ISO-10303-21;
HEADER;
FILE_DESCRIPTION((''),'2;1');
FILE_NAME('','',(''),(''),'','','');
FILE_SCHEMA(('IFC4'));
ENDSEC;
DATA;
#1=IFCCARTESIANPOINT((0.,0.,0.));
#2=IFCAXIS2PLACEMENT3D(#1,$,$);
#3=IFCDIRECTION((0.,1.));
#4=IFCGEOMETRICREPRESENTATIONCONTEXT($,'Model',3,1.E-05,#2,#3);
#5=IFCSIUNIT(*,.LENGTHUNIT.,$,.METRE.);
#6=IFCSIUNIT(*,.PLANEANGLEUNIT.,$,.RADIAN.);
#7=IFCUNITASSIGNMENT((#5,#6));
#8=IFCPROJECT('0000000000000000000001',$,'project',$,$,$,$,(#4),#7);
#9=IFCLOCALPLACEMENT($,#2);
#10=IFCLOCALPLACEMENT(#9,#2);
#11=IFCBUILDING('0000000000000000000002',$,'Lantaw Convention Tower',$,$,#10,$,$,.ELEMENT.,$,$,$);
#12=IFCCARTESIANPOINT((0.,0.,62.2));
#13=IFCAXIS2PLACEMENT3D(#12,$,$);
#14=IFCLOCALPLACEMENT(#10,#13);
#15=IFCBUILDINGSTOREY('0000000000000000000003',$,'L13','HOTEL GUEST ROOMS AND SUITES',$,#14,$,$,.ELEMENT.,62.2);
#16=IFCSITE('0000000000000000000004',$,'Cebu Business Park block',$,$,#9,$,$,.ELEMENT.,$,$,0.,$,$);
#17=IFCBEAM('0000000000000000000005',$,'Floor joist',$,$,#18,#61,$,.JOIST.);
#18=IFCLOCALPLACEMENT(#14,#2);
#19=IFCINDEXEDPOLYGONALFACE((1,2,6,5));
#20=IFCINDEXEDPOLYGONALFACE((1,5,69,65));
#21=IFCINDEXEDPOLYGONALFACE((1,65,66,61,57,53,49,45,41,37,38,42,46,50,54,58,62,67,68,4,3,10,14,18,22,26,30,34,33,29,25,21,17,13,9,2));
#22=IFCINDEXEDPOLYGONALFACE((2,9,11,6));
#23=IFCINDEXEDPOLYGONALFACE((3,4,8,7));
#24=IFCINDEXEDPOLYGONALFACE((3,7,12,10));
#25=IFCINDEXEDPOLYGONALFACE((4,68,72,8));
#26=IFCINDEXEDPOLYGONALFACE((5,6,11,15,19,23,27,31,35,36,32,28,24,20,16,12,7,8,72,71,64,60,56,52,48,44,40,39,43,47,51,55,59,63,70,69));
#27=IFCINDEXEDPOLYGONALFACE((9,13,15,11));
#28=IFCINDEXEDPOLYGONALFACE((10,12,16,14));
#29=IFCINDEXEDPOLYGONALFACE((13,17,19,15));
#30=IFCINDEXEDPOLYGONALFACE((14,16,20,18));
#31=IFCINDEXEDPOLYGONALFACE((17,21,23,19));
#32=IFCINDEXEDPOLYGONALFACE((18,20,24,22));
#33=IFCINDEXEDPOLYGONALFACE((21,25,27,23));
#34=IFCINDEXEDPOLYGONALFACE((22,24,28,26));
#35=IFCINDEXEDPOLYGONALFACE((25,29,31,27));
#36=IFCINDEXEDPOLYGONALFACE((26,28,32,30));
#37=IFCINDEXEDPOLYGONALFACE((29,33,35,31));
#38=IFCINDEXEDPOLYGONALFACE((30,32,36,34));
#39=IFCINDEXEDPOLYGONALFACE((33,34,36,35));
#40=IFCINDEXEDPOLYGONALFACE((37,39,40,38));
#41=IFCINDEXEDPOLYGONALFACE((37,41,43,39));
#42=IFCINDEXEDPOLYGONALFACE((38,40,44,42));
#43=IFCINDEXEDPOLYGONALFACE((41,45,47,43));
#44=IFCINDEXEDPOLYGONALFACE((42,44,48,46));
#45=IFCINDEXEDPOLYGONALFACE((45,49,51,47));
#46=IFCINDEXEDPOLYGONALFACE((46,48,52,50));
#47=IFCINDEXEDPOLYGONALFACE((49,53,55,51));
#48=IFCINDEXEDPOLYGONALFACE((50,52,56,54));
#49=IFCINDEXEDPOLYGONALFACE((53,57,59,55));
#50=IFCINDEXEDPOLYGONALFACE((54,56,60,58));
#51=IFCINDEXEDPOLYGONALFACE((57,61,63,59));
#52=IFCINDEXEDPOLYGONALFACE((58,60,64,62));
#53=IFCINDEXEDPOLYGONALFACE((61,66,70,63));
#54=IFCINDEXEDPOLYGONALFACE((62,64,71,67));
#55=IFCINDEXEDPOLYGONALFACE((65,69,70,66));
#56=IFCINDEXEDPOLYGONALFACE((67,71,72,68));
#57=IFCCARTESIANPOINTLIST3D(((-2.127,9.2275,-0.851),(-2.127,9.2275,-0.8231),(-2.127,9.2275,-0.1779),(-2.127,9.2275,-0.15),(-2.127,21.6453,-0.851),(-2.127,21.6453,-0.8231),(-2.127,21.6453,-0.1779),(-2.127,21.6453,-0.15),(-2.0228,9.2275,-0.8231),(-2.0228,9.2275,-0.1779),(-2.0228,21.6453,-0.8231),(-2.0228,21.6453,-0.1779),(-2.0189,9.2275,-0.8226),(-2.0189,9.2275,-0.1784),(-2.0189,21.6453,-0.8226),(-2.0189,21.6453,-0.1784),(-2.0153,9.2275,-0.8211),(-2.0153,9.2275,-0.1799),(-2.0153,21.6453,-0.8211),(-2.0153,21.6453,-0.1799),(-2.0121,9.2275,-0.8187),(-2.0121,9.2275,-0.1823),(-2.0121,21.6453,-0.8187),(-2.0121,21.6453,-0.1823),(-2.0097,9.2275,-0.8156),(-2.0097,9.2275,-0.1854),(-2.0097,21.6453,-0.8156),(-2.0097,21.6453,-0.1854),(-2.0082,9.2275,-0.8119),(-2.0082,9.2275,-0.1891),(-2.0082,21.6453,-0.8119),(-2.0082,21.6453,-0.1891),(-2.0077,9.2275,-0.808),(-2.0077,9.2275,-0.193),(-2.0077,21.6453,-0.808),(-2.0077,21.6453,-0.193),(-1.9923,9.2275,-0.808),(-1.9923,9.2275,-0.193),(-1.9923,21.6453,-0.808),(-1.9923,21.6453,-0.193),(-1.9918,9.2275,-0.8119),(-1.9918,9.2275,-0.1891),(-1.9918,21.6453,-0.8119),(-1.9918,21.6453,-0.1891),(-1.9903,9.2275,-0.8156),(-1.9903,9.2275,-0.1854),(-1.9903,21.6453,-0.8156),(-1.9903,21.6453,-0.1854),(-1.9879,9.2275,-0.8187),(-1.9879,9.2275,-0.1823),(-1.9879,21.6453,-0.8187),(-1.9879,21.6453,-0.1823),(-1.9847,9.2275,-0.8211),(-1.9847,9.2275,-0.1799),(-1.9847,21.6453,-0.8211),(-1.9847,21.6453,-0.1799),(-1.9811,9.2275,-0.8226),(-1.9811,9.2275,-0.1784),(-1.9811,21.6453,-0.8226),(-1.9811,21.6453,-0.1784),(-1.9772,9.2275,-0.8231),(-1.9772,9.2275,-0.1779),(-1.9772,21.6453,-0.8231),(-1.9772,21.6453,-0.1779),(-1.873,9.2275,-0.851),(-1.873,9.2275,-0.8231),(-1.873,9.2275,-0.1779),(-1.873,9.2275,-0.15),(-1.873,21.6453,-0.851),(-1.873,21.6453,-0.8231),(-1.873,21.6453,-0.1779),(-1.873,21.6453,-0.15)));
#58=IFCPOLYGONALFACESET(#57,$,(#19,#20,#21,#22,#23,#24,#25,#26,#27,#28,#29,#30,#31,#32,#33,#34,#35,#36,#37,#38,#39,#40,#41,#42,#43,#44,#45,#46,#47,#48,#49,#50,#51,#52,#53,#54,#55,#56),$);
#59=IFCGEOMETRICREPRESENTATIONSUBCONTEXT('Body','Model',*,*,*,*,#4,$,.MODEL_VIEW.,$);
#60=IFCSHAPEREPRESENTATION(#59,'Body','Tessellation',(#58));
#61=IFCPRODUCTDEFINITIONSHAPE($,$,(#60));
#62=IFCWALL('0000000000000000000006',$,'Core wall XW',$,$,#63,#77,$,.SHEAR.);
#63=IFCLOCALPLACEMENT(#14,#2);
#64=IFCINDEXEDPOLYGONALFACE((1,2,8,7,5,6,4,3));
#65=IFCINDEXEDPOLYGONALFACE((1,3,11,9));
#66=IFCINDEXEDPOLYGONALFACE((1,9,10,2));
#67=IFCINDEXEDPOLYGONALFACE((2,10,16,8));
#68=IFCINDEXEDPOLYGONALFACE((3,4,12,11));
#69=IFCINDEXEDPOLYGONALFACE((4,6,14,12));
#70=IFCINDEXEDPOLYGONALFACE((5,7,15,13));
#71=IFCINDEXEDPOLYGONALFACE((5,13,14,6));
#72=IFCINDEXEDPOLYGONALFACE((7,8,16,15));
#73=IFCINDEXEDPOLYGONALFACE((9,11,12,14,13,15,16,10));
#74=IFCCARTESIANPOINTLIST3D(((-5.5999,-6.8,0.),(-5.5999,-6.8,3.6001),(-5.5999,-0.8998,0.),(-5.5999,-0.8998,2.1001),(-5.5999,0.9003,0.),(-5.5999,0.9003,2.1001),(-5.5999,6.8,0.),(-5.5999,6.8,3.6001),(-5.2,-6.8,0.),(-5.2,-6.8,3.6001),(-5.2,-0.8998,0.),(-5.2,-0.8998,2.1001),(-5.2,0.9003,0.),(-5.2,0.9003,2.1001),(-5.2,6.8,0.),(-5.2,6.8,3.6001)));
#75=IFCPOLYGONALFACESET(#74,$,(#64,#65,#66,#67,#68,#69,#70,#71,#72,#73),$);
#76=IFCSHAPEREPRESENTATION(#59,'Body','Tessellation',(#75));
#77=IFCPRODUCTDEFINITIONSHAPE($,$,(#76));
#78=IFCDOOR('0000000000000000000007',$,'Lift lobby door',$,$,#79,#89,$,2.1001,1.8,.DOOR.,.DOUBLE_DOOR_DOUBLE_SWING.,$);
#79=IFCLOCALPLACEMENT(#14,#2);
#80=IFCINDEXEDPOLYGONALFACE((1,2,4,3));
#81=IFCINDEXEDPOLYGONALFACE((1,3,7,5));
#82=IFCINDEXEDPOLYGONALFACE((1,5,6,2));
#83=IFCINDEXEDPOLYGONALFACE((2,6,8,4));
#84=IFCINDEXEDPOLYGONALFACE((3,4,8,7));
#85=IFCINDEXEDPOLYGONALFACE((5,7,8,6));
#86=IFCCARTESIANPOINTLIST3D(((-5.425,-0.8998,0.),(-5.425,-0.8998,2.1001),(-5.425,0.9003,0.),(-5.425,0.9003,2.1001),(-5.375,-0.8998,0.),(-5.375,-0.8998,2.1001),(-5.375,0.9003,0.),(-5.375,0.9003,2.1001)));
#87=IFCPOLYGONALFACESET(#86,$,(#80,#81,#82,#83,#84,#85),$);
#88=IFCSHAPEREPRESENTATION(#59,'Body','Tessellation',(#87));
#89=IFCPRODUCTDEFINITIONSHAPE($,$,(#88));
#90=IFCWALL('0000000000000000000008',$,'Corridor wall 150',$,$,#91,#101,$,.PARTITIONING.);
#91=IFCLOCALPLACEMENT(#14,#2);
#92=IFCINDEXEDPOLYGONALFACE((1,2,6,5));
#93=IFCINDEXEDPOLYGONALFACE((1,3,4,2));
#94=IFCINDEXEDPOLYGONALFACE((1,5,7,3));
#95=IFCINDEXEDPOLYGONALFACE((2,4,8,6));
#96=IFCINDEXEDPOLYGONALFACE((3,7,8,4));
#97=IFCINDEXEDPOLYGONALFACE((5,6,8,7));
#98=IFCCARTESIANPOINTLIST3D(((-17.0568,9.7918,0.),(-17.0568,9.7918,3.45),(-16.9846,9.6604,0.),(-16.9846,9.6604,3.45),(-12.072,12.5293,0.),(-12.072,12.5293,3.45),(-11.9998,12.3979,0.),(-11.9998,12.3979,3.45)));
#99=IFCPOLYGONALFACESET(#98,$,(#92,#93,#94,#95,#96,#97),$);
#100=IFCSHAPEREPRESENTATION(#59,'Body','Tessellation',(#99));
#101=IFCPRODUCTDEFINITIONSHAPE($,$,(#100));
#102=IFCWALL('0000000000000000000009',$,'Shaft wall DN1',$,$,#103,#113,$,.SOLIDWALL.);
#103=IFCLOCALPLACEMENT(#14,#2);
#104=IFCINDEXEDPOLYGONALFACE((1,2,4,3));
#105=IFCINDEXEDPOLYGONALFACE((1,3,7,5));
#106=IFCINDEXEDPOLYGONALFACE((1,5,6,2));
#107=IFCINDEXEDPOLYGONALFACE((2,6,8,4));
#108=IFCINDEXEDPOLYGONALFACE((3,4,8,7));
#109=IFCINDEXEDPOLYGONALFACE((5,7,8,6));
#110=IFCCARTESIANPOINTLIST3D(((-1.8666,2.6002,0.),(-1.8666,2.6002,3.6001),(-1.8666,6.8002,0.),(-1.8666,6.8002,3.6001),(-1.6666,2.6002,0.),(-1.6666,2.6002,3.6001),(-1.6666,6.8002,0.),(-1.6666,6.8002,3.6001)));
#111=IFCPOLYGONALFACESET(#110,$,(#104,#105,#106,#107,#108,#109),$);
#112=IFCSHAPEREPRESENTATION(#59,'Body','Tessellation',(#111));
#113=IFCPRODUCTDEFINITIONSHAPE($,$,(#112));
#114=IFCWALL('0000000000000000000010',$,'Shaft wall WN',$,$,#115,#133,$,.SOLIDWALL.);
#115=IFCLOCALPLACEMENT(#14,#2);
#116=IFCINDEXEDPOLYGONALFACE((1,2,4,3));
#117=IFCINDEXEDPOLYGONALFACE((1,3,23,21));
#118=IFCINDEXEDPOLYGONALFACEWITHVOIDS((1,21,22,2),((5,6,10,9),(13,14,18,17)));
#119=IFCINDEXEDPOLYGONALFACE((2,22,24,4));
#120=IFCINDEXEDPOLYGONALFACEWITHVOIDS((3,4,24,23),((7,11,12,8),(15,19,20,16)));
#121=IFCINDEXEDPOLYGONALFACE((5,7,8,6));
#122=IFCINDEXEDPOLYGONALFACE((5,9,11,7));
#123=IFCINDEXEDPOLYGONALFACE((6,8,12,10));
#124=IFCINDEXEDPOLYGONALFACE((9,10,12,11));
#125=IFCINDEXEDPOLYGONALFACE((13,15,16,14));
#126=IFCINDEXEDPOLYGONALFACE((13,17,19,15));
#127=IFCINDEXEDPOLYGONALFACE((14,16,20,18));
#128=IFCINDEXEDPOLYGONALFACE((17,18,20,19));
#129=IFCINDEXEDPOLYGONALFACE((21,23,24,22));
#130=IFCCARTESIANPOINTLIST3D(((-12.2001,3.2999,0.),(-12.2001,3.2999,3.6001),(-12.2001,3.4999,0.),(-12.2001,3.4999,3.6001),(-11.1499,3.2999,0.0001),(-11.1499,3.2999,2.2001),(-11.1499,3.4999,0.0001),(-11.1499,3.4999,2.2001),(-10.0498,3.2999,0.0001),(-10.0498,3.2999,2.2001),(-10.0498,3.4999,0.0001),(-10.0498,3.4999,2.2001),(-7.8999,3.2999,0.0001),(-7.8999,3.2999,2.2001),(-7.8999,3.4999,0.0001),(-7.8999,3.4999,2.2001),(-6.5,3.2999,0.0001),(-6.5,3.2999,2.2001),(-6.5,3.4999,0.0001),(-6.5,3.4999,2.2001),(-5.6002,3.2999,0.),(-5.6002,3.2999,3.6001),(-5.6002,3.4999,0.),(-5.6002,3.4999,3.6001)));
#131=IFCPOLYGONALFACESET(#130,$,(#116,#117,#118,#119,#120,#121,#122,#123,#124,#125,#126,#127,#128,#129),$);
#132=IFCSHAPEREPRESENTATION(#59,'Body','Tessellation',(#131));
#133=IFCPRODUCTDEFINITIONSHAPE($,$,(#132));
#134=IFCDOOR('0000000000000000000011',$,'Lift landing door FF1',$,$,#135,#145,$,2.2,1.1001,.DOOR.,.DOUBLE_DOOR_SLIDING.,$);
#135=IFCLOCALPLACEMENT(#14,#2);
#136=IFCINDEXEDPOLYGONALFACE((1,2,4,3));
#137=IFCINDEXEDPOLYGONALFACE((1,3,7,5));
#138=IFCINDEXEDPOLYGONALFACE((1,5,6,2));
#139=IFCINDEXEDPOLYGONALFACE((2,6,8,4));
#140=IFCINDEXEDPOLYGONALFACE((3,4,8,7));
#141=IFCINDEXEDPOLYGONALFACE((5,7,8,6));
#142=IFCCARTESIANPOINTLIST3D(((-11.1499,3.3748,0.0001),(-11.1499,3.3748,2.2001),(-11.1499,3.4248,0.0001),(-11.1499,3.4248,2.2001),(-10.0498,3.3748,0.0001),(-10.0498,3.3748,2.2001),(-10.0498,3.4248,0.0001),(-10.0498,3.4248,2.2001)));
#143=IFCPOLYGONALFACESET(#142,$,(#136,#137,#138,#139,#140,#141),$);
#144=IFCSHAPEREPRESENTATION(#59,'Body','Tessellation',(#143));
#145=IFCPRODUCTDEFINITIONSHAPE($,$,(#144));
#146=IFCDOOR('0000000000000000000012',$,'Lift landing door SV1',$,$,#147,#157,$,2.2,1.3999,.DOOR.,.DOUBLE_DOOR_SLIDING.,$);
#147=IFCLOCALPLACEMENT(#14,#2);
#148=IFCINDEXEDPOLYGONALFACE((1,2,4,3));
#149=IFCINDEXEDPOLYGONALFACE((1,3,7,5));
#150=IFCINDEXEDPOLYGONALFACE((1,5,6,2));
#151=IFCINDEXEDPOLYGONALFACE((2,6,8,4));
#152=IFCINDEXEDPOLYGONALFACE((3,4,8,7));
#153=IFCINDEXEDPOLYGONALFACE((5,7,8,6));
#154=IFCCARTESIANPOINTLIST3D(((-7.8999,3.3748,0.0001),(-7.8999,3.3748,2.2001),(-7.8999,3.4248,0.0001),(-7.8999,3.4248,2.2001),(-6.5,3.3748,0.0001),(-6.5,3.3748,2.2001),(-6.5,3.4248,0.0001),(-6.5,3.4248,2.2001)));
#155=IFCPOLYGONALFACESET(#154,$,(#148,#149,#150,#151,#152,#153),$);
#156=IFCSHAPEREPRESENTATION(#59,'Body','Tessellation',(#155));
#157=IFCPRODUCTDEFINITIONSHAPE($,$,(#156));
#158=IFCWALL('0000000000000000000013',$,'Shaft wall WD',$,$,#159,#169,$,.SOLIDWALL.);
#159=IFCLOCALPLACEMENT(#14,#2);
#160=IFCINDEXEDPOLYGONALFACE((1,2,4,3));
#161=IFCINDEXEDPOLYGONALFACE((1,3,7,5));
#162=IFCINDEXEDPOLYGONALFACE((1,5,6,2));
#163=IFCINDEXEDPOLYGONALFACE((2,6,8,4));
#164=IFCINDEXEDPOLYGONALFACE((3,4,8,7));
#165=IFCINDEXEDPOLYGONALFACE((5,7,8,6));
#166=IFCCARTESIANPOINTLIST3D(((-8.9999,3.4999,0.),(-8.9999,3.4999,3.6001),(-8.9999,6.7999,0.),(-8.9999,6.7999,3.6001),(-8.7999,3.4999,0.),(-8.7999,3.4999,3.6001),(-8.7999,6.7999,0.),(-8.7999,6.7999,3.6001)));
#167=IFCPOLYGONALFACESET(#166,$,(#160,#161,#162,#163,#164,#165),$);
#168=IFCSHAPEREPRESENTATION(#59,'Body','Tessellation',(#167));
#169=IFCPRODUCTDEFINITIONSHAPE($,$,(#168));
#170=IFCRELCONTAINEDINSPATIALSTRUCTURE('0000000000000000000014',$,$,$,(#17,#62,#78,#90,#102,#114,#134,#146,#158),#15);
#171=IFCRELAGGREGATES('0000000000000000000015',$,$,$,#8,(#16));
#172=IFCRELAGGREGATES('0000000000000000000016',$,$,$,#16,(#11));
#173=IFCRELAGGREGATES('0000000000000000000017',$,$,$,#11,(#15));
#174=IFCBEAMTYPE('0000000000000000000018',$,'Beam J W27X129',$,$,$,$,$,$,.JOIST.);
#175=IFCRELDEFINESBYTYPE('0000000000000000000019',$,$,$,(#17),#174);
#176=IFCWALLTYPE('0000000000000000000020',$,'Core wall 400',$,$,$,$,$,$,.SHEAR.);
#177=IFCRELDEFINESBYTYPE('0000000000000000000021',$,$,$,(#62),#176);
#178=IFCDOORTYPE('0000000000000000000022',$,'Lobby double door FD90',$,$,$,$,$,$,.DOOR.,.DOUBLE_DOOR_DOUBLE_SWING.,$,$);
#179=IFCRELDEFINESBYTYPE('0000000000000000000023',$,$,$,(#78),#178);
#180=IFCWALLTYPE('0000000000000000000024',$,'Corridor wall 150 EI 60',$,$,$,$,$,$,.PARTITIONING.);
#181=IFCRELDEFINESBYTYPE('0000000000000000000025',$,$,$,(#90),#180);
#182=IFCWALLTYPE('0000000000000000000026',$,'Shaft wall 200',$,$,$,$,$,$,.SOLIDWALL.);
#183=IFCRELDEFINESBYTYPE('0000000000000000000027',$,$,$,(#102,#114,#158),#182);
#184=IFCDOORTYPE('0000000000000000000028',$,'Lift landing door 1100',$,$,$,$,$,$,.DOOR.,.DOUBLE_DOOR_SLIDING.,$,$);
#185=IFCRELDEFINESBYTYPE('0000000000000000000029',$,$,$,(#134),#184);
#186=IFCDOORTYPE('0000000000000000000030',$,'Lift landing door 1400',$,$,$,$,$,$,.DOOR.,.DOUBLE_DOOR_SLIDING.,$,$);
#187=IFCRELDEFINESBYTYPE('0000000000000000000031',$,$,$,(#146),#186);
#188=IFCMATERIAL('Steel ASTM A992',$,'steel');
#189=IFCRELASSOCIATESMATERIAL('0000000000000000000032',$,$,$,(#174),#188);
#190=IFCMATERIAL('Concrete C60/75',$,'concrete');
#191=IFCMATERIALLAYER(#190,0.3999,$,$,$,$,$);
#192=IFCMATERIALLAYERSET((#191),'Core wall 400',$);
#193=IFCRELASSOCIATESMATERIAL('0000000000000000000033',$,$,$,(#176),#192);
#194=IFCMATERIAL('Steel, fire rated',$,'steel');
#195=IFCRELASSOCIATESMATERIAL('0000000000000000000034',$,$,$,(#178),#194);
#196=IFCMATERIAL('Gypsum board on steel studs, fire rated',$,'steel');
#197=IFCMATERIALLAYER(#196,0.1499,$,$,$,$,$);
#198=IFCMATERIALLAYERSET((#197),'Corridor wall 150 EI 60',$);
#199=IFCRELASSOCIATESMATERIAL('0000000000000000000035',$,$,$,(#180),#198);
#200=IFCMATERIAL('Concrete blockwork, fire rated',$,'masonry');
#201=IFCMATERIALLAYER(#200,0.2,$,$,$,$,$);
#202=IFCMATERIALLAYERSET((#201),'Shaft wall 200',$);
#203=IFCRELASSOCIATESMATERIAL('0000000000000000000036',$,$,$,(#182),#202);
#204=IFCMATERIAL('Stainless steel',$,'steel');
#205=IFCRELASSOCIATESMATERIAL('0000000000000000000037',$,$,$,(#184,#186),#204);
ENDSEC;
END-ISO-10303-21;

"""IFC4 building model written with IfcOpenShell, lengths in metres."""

from ifc_helpers import new_model, si_unit, direction, frame, frame_2d, origin, origin_2d, place, context, subcontext, project, spatial, rectangle, i_section, extrude, material, layer, layer_set, material_profile, profile_set, type_object, element, fill, save


model = new_model("IFC4")

# Units and contexts
model_context = context("Model", 3, precision=1e-05, world=origin(), true_north=direction((0.0, 1.0)))
body_context = subcontext(model_context, "Body", "Model", "MODEL_VIEW")
ifc_project = project(units=[si_unit("LENGTHUNIT", "METRE"), si_unit("PLANEANGLEUNIT", "RADIAN")], contexts=[model_context])

# Site, building, storey
site_placement = place(None, origin())
site = spatial("IfcSite", under=ifc_project, at=site_placement, Name="Cebu Business Park block", CompositionType="ELEMENT", RefElevation=0.0)
building_placement = place(site_placement, origin())
building = spatial("IfcBuilding", under=site, at=building_placement, Name="Lantaw Convention Tower", CompositionType="ELEMENT")
storey_placement = place(building_placement, frame((0.0, 0.0, 62.2)))
storey = spatial("IfcBuildingStorey", under=building, at=storey_placement, Name="L13", Description="HOTEL GUEST ROOMS AND SUITES", CompositionType="ELEMENT", Elevation=62.2)

# Beam
ifc_material_1 = material(Name="Steel ASTM A992", Category="steel")
ifc_material_profile_1 = material_profile(ifc_material_1, i_section(OverallWidth=0.2539, OverallDepth=0.7009, WebThickness=0.0154, FlangeThickness=0.0278, FilletRadius=0.0151, at=origin_2d()), Name="W27X129")
ifc_profile_set_1 = profile_set([ifc_material_profile_1], Name="Steel ASTM A992")
beam_type_1 = type_object("IfcBeamType", Name="Beam J W27X129", PredefinedType="JOIST", material=ifc_profile_set_1)
beam_1_placement = place(storey_placement, frame((-2.0, 9.2275, -0.5005), z_axis=(0.0, 1.0, 0.0), x_axis=(-1.0, 0.0, 0.0)))
element("IfcBeam", 1, at=beam_1_placement, inside=storey, type_object=beam_type_1, Name="Floor joist", PredefinedType="JOIST", context=body_context, shape_type="SweptSolid", body=[
    extrude(i_section(OverallWidth=0.2539, OverallDepth=0.7009, WebThickness=0.0154, FlangeThickness=0.0278, FilletRadius=0.0151, at=origin_2d()), origin(), (0.0, 0.0, 1.0), 12.4177),
])

# Wall, opening, door
ifc_material_2 = material(Name="Concrete C60/75", Category="concrete")
ifc_layer_1 = layer(ifc_material_2, 0.3999)
ifc_layer_set_1 = layer_set([ifc_layer_1], Name="Core wall 400")
wall_type_1 = type_object("IfcWallType", Name="Core wall 400", PredefinedType="SHEAR", material=ifc_layer_set_1)
wall_1_placement = place(storey_placement, frame((-5.3999, 6.8, 0.0), z_axis=(0.0, 0.0, 1.0), x_axis=(0.0, -1.0, 0.0)))
wall_1 = element("IfcWall", 2, at=wall_1_placement, inside=storey, type_object=wall_type_1, Name="Core wall XW", PredefinedType="SHEAR", context=body_context, shape_type="SweptSolid", body=[
    extrude(rectangle(XDim=13.6001, YDim=0.3999, at=frame_2d((6.8, 0.0))), origin(), (0.0, 0.0, 1.0), 3.6001),
])
opening_1_placement = place(wall_1_placement, frame((5.8999, 0.0, 0.0)))
opening_1 = element("IfcOpeningElement", 3, at=opening_1_placement, cuts=wall_1, PredefinedType="OPENING", context=body_context, shape_type="SweptSolid", body=[
    extrude(rectangle(XDim=1.8, YDim=2.1001, at=frame_2d((0.8999, 1.05))), frame((0.0, 0.21, 0.0), z_axis=(0.0, -1.0, 0.0), x_axis=(1.0, 0.0, 0.0)), (0.0, 0.0, 1.0), 0.4199),
])
ifc_material_3 = material(Name="Steel, fire rated", Category="steel")
door_type_1 = type_object("IfcDoorType", Name="Lobby double door FD90", OperationType="DOUBLE_DOOR_DOUBLE_SWING", PredefinedType="DOOR", material=ifc_material_3)
door_1_placement = place(opening_1_placement, origin())
door_1 = element("IfcDoor", 4, at=door_1_placement, inside=storey, type_object=door_type_1, Name="Lift lobby door", OperationType="DOUBLE_DOOR_DOUBLE_SWING", OverallHeight=2.1001, OverallWidth=1.8, PredefinedType="DOOR", context=body_context, shape_type="SweptSolid", body=[
    extrude(rectangle(XDim=1.8, YDim=2.1001, at=frame_2d((0.8999, 1.05))), frame((0.0, 0.0249, 0.0), z_axis=(0.0, -1.0, 0.0), x_axis=(1.0, 0.0, 0.0)), (0.0, 0.0, 1.0), 0.05),
])
fill(opening_1, door_1)

# Walls
ifc_material_4 = material(Name="Gypsum board on steel studs, fire rated", Category="steel")
ifc_layer_2 = layer(ifc_material_4, 0.1499)
ifc_layer_set_2 = layer_set([ifc_layer_2], Name="Corridor wall 150 EI 60")
wall_type_2 = type_object("IfcWallType", Name="Corridor wall 150 EI 60", PredefinedType="PARTITIONING", material=ifc_layer_set_2)
wall_2_placement = place(storey_placement, frame((-12.0359, 12.4636, 0.0), z_axis=(0.0, 0.0, 1.0), x_axis=(-0.876522, -0.481362, 0.0)))
element("IfcWall", 5, at=wall_2_placement, inside=storey, type_object=wall_type_2, Name="Corridor wall 150", PredefinedType="PARTITIONING", context=body_context, shape_type="SweptSolid", body=[
    extrude(rectangle(XDim=5.687, YDim=0.1499, at=frame_2d((2.8435, 0.0))), origin(), (0.0, 0.0, 1.0), 3.45),
])
ifc_material_5 = material(Name="Concrete blockwork, fire rated", Category="masonry")
ifc_layer_3 = layer(ifc_material_5, 0.2)
ifc_layer_set_3 = layer_set([ifc_layer_3], Name="Shaft wall 200")
wall_type_3 = type_object("IfcWallType", Name="Shaft wall 200", PredefinedType="SOLIDWALL", material=ifc_layer_set_3)
wall_3_placement = place(storey_placement, frame((-1.7666, 2.6001, 0.0), z_axis=(0.0, 0.0, 1.0), x_axis=(0.0, 1.0, 0.0)))
element("IfcWall", 6, at=wall_3_placement, inside=storey, type_object=wall_type_3, Name="Shaft wall DN1", PredefinedType="SOLIDWALL", context=body_context, shape_type="SweptSolid", body=[
    extrude(rectangle(XDim=4.2, YDim=0.2, at=frame_2d((2.1001, 0.0))), origin(), (0.0, 0.0, 1.0), 3.6001),
])

# Wall, openings, doors
wall_4_placement = place(storey_placement, frame((-12.2, 3.3999, 0.0), z_axis=(0.0, 0.0, 1.0), x_axis=(1.0, 0.0, 0.0)))
wall_4 = element("IfcWall", 7, at=wall_4_placement, inside=storey, type_object=wall_type_3, Name="Shaft wall WN", PredefinedType="SOLIDWALL", context=body_context, shape_type="SweptSolid", body=[
    extrude(rectangle(XDim=6.5999, YDim=0.2, at=frame_2d((3.2998, 0.0))), origin(), (0.0, 0.0, 1.0), 3.6001),
])
opening_2_placement = place(wall_4_placement, frame((1.05, 0.0, 0.0)))
opening_2 = element("IfcOpeningElement", 8, at=opening_2_placement, cuts=wall_4, PredefinedType="OPENING", context=body_context, shape_type="SweptSolid", body=[
    extrude(rectangle(XDim=1.1001, YDim=2.2, at=frame_2d((0.55, 1.1001))), frame((0.0, 0.1099, 0.0), z_axis=(0.0, -1.0, 0.0), x_axis=(1.0, 0.0, 0.0)), (0.0, 0.0, 1.0), 0.22),
])
opening_3_placement = place(wall_4_placement, frame((4.3, 0.0, 0.0)))
opening_3 = element("IfcOpeningElement", 9, at=opening_3_placement, cuts=wall_4, PredefinedType="OPENING", context=body_context, shape_type="SweptSolid", body=[
    extrude(rectangle(XDim=1.3999, YDim=2.2, at=frame_2d((0.7, 1.1001))), frame((0.0, 0.1099, 0.0), z_axis=(0.0, -1.0, 0.0), x_axis=(1.0, 0.0, 0.0)), (0.0, 0.0, 1.0), 0.22),
])
ifc_material_6 = material(Name="Stainless steel", Category="steel")
door_type_2 = type_object("IfcDoorType", Name="Lift landing door 1100", OperationType="DOUBLE_DOOR_SLIDING", PredefinedType="DOOR", material=ifc_material_6)
door_2_placement = place(opening_2_placement, origin())
door_2 = element("IfcDoor", 10, at=door_2_placement, inside=storey, type_object=door_type_2, Name="Lift landing door FF1", OperationType="DOUBLE_DOOR_SLIDING", OverallHeight=2.2, OverallWidth=1.1001, PredefinedType="DOOR", context=body_context, shape_type="SweptSolid", body=[
    extrude(rectangle(XDim=1.1001, YDim=2.2, at=frame_2d((0.55, 1.1001))), frame((0.0, 0.0249, 0.0), z_axis=(0.0, -1.0, 0.0), x_axis=(1.0, 0.0, 0.0)), (0.0, 0.0, 1.0), 0.05),
])
fill(opening_2, door_2)
door_type_3 = type_object("IfcDoorType", Name="Lift landing door 1400", OperationType="DOUBLE_DOOR_SLIDING", PredefinedType="DOOR", material=ifc_material_6)
door_3_placement = place(opening_3_placement, origin())
door_3 = element("IfcDoor", 11, at=door_3_placement, inside=storey, type_object=door_type_3, Name="Lift landing door SV1", OperationType="DOUBLE_DOOR_SLIDING", OverallHeight=2.2, OverallWidth=1.3999, PredefinedType="DOOR", context=body_context, shape_type="SweptSolid", body=[
    extrude(rectangle(XDim=1.3999, YDim=2.2, at=frame_2d((0.7, 1.1001))), frame((0.0, 0.0249, 0.0), z_axis=(0.0, -1.0, 0.0), x_axis=(1.0, 0.0, 0.0)), (0.0, 0.0, 1.0), 0.05),
])
fill(opening_3, door_3)

# Wall
wall_5_placement = place(storey_placement, frame((-8.8999, 3.5, 0.0), z_axis=(0.0, 0.0, 1.0), x_axis=(0.0, 1.0, 0.0)))
element("IfcWall", 12, at=wall_5_placement, inside=storey, type_object=wall_type_3, Name="Shaft wall WD", PredefinedType="SOLIDWALL", context=body_context, shape_type="SweptSolid", body=[
    extrude(rectangle(XDim=3.3, YDim=0.2, at=frame_2d((1.6499, 0.0))), origin(), (0.0, 0.0, 1.0), 3.6001),
])

save(model, "model.ifc")
